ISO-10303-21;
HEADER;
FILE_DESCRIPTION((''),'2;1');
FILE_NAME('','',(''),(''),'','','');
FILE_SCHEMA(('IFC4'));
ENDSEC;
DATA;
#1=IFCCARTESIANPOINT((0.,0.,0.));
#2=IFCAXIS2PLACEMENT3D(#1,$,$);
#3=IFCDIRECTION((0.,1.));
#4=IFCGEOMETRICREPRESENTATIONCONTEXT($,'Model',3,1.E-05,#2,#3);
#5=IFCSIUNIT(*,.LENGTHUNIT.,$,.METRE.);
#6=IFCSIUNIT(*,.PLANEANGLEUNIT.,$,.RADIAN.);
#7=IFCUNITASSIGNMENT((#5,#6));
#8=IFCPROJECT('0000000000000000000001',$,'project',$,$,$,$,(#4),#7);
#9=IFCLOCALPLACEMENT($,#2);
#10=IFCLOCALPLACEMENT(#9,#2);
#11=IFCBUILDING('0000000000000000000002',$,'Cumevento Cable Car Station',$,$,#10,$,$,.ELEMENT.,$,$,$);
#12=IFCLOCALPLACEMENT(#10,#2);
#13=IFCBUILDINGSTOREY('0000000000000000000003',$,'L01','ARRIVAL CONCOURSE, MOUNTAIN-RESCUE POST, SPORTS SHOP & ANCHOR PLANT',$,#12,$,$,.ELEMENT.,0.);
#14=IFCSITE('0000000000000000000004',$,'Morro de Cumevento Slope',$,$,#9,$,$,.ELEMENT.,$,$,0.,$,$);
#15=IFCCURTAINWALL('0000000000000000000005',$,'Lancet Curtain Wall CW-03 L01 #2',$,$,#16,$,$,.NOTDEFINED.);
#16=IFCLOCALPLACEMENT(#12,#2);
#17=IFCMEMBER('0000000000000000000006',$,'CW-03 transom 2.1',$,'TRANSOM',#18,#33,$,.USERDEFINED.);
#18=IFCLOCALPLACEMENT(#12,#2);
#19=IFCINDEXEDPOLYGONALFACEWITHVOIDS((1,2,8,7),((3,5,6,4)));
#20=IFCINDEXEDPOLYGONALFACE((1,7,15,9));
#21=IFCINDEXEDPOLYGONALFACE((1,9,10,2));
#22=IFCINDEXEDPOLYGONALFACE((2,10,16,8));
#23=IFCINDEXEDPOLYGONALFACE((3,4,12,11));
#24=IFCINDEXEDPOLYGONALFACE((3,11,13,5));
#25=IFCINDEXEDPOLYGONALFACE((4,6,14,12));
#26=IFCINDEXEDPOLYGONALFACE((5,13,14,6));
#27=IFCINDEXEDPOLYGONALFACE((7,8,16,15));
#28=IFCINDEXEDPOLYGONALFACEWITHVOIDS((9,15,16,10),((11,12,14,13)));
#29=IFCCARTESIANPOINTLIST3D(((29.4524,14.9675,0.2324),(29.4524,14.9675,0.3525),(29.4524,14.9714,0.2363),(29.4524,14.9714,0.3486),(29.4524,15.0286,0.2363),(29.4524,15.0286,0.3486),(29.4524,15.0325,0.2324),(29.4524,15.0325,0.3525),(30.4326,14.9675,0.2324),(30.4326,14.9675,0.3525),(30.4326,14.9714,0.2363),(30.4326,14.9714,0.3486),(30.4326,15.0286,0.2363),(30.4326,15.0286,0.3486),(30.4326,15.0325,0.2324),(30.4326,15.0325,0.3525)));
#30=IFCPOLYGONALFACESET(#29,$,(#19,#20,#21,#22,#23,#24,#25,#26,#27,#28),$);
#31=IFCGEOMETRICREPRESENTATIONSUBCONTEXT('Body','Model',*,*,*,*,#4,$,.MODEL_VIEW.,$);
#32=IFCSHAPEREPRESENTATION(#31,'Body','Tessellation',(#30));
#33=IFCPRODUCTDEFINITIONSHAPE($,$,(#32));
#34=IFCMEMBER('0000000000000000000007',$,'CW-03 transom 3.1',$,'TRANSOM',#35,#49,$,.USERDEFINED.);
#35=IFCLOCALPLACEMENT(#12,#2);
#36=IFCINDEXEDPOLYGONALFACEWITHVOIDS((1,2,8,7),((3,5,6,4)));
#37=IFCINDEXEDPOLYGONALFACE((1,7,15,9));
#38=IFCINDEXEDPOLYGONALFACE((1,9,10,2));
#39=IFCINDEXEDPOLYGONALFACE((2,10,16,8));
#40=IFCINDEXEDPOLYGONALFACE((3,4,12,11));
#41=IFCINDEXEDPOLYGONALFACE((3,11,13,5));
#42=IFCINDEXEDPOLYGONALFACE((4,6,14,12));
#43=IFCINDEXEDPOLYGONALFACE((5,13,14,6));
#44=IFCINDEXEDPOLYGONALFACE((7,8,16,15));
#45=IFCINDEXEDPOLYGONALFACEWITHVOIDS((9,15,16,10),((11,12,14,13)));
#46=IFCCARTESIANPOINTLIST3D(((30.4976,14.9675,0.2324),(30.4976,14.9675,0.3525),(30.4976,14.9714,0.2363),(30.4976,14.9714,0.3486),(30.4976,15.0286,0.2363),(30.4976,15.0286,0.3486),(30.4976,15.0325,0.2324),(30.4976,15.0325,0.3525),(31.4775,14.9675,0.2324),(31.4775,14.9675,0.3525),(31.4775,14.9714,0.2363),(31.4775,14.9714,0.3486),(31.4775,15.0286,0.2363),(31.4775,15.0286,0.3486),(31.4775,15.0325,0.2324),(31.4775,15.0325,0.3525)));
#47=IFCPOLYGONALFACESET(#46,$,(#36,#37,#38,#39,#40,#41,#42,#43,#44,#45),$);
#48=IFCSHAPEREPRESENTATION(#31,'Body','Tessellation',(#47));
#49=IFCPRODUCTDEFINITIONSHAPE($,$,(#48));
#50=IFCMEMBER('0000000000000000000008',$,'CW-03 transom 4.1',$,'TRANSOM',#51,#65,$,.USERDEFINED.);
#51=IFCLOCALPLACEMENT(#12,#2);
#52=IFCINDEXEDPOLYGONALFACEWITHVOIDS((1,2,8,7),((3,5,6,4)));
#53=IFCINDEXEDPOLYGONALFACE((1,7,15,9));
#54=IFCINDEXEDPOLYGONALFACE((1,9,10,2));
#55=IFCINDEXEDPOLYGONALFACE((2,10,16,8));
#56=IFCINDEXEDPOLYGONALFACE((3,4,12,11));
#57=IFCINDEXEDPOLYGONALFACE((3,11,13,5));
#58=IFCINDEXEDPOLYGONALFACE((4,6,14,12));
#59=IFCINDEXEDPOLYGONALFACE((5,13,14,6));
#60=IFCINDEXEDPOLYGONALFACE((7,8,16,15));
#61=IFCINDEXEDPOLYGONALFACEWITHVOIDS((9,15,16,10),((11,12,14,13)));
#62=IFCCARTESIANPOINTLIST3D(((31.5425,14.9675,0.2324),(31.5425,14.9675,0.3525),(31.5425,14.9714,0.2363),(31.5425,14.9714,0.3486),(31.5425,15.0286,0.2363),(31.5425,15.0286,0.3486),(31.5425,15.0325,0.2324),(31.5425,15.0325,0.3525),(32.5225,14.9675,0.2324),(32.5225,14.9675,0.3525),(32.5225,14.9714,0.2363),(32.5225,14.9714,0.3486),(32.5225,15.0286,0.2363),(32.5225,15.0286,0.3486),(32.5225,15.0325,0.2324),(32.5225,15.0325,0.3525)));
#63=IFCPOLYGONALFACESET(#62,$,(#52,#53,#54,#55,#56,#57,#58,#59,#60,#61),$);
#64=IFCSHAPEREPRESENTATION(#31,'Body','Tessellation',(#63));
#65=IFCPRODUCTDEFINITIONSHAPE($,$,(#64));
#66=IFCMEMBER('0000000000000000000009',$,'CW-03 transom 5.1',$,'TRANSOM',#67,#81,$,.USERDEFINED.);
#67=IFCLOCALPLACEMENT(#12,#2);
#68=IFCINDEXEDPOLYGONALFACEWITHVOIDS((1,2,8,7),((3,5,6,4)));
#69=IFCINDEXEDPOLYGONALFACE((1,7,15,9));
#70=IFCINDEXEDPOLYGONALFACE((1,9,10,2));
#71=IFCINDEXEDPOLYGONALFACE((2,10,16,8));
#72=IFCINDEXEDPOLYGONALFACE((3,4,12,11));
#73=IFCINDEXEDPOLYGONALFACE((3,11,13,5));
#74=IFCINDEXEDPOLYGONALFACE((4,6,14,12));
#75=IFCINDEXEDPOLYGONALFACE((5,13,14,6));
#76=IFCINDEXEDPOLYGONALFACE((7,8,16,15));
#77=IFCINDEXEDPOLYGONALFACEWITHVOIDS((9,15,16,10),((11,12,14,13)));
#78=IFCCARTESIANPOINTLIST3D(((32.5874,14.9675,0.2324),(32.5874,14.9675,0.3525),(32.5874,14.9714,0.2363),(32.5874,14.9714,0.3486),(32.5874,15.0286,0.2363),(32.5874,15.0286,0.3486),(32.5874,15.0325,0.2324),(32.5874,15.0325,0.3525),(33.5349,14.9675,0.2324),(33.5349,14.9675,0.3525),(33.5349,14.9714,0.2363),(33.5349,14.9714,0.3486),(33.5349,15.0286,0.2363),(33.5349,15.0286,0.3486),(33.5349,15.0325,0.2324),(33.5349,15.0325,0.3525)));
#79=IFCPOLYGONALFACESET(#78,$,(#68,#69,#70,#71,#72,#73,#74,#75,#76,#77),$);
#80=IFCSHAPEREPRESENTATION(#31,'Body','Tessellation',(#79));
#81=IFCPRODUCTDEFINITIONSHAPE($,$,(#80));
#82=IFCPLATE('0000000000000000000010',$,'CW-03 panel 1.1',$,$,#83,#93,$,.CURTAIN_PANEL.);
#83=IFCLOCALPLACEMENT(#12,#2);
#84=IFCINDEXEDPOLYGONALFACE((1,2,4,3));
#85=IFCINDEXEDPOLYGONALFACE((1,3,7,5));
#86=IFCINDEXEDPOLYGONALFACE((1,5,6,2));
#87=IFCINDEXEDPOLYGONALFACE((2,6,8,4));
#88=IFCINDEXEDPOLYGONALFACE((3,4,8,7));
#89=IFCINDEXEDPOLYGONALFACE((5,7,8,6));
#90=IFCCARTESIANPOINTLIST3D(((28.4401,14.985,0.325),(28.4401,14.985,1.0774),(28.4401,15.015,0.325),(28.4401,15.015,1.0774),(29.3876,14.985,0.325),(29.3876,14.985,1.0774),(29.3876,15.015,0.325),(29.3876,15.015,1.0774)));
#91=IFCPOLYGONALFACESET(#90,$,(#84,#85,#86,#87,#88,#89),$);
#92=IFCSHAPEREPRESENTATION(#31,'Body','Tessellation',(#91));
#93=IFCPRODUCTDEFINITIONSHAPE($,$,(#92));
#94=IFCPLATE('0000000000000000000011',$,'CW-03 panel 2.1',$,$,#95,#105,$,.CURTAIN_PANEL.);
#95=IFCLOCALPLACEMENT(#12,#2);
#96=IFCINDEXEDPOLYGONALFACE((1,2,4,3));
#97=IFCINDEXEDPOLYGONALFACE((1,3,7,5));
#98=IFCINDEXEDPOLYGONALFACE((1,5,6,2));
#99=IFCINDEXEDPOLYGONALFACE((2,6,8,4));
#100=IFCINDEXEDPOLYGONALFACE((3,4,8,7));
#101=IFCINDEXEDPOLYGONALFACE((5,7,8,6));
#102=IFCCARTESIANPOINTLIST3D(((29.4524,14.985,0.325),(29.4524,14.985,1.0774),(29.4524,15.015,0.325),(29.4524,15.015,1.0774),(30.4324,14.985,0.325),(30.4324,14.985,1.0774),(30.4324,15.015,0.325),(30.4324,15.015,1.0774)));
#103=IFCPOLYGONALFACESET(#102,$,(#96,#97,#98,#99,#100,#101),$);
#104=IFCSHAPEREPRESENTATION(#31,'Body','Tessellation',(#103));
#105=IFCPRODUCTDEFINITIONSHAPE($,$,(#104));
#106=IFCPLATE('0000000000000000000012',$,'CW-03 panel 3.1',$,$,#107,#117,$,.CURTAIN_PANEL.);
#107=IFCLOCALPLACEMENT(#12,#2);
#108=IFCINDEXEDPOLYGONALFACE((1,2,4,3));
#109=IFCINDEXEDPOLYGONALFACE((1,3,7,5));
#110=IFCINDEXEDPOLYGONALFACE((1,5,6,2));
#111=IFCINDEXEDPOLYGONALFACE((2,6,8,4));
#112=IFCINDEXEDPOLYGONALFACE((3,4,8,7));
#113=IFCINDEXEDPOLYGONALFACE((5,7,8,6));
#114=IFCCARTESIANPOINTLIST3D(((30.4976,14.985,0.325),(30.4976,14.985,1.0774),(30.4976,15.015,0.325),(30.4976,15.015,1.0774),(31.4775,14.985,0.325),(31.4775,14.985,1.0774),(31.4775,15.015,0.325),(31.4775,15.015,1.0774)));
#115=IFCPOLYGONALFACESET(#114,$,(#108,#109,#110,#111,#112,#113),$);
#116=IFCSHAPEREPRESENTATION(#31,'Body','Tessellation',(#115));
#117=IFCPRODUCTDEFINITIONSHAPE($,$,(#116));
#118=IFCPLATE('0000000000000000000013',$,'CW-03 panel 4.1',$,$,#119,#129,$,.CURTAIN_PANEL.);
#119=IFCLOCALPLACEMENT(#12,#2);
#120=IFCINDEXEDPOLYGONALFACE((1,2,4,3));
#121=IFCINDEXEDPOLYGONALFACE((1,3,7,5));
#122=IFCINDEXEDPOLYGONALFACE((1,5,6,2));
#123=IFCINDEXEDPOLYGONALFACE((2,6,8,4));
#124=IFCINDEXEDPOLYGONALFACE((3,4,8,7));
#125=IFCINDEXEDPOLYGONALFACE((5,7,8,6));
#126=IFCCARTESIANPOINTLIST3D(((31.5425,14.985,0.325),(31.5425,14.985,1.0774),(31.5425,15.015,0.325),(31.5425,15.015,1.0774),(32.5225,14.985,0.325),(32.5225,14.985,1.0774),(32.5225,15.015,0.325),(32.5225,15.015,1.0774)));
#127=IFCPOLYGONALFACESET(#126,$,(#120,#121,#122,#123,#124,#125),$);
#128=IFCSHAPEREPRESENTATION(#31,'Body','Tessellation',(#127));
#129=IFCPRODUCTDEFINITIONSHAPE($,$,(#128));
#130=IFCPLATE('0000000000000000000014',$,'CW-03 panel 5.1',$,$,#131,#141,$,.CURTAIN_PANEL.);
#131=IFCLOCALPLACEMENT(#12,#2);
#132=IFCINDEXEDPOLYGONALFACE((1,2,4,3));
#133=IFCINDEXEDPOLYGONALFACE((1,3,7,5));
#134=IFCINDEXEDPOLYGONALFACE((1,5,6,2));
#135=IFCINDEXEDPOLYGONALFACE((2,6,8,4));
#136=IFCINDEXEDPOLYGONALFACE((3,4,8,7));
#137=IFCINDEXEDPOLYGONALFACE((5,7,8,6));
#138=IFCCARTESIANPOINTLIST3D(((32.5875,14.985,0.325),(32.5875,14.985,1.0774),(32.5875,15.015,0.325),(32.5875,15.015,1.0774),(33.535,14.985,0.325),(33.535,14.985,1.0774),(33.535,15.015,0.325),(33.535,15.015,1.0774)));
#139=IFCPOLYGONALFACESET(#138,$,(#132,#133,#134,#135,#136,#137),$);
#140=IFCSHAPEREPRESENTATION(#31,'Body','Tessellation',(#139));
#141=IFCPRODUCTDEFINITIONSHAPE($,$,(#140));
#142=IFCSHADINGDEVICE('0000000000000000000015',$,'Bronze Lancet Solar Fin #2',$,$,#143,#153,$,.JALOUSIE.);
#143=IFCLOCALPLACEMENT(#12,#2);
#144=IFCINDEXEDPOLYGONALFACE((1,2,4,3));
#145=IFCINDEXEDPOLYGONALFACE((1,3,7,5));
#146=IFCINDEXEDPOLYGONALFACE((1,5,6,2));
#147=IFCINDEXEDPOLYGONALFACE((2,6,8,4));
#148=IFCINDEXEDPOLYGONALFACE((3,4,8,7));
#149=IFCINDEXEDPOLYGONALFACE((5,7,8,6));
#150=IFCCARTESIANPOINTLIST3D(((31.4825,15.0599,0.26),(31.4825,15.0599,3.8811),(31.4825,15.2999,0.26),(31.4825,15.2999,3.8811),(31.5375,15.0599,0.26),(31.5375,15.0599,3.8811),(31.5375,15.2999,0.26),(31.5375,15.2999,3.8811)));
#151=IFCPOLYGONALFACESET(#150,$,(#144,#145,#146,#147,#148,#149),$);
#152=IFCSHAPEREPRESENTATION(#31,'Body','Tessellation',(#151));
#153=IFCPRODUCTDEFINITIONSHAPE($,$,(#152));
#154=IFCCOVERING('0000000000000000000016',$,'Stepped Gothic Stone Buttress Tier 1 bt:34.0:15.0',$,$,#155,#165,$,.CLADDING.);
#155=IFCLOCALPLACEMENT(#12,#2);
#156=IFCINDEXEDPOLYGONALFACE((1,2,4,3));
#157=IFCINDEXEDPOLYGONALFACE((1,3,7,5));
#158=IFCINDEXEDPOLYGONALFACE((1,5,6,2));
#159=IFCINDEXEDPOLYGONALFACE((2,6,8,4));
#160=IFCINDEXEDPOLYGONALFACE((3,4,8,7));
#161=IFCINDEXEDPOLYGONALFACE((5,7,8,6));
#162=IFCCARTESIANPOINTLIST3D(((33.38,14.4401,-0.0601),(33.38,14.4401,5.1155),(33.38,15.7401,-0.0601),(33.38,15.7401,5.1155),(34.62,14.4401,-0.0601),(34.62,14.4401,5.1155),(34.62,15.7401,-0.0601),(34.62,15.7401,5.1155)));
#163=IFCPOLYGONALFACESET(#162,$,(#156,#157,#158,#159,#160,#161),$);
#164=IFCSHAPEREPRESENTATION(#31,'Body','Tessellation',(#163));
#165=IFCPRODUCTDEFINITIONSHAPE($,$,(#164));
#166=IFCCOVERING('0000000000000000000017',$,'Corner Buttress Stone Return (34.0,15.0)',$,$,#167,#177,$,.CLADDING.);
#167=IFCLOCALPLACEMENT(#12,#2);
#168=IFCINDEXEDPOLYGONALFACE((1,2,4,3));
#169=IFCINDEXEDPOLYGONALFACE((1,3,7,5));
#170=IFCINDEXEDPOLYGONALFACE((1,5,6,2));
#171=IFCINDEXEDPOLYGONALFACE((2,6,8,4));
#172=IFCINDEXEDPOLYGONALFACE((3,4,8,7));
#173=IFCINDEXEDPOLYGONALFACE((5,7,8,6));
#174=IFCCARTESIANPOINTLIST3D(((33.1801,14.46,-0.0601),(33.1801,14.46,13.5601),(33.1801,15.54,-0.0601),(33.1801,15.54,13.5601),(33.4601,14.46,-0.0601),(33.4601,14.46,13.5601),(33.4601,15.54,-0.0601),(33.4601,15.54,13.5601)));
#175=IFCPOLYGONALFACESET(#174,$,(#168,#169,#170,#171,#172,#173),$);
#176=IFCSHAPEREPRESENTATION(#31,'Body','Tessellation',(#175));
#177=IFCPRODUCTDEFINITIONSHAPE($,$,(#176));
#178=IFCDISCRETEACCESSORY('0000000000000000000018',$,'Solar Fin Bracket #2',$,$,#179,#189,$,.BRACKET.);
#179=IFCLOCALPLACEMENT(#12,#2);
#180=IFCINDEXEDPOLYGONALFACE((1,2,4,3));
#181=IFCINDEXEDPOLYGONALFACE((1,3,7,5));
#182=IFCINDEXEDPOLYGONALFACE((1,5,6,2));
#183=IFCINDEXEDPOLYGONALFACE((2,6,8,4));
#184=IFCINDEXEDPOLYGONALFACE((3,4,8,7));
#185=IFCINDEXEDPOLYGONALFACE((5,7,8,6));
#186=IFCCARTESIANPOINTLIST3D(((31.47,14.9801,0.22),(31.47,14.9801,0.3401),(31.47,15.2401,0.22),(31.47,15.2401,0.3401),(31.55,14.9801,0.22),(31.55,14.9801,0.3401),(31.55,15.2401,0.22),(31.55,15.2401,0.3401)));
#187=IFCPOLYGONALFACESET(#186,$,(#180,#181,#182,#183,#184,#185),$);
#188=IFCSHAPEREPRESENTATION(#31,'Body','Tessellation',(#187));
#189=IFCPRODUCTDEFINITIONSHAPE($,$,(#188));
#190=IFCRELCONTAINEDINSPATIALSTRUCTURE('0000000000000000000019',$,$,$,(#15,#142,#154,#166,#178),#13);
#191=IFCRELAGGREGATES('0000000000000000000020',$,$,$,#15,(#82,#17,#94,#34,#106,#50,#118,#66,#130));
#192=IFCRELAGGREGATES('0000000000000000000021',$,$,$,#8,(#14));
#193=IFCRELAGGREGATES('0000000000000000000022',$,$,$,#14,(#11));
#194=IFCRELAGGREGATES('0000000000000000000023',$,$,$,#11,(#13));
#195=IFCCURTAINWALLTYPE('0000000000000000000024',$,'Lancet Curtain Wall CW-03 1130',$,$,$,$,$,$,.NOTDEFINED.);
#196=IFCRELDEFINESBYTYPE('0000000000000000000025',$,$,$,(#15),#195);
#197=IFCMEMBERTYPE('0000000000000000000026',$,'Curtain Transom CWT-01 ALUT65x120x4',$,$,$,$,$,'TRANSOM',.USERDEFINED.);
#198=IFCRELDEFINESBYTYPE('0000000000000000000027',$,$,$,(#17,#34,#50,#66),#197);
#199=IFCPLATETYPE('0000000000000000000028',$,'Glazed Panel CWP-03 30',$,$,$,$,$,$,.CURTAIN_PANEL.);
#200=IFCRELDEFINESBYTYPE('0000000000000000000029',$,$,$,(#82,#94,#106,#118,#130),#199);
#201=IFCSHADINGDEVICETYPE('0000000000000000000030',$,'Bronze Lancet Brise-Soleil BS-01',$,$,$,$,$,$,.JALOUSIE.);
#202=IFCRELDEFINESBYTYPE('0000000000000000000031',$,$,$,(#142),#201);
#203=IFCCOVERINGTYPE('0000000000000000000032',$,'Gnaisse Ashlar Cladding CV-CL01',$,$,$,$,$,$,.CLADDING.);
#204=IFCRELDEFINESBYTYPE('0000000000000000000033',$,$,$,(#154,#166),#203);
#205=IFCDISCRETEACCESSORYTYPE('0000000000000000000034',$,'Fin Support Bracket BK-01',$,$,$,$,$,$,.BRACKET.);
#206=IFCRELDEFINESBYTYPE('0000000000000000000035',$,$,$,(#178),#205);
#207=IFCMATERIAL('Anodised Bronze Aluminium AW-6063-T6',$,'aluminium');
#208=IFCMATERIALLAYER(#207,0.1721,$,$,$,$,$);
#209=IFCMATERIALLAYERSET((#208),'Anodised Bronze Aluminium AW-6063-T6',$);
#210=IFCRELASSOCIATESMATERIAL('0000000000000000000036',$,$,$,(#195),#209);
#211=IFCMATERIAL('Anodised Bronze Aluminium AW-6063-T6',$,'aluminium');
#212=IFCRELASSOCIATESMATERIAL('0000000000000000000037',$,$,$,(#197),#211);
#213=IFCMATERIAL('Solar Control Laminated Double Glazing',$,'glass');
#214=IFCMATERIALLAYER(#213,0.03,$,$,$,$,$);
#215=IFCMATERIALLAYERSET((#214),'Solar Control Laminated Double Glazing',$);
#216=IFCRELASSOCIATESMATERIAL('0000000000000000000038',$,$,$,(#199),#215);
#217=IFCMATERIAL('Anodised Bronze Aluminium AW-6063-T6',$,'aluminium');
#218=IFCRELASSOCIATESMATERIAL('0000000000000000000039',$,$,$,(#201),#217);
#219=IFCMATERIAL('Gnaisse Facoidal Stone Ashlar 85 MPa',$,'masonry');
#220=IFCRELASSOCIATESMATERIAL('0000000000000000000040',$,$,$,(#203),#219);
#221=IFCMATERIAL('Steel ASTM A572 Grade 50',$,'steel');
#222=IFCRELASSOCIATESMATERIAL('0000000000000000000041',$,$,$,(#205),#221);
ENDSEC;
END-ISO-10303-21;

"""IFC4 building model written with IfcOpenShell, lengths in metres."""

from ifc_helpers import new_model, si_unit, direction, frame, origin, origin_2d, place, context, subcontext, project, spatial, rectangle, hollow_rectangle, extrude, material, layer, layer_set, material_profile, profile_set, type_object, element, aggregate, save


model = new_model("IFC4")

# Units and contexts
model_context = context("Model", 3, precision=1e-05, world=origin(), true_north=direction((0.0, 1.0)))
body_context = subcontext(model_context, "Body", "Model", "MODEL_VIEW")
ifc_project = project(units=[si_unit("LENGTHUNIT", "METRE"), si_unit("PLANEANGLEUNIT", "RADIAN")], contexts=[model_context])

# Site, building, storey
site_placement = place(None, origin())
site = spatial("IfcSite", under=ifc_project, at=site_placement, Name="Morro de Cumevento Slope", CompositionType="ELEMENT", RefElevation=0.0)
building_placement = place(site_placement, origin())
building = spatial("IfcBuilding", under=site, at=building_placement, Name="Cumevento Cable Car Station", CompositionType="ELEMENT")
storey_placement = place(building_placement, origin())
storey = spatial("IfcBuildingStorey", under=building, at=storey_placement, Name="L01", Description="ARRIVAL CONCOURSE, MOUNTAIN-RESCUE POST, SPORTS SHOP & ANCHOR PLANT", CompositionType="ELEMENT", Elevation=0.0)

# Curtain wall, members, plates
ifc_material_1 = material(Name="Anodised Bronze Aluminium AW-6063-T6", Category="aluminium")
ifc_layer_1 = layer(ifc_material_1, 0.1721)
ifc_layer_set_1 = layer_set([ifc_layer_1], Name="Anodised Bronze Aluminium AW-6063-T6")
curtain_wall_type = type_object("IfcCurtainWallType", Name="Lancet Curtain Wall CW-03 1130", PredefinedType="NOTDEFINED", material=ifc_layer_set_1)
curtain_wall_placement = place(storey_placement, origin())
curtain_wall = element("IfcCurtainWall", 1, at=curtain_wall_placement, inside=storey, type_object=curtain_wall_type, Name="Lancet Curtain Wall CW-03 L01 #2", PredefinedType="NOTDEFINED")
ifc_material_2 = material(Name="Anodised Bronze Aluminium AW-6063-T6", Category="aluminium")
ifc_material_profile_1 = material_profile(ifc_material_2, hollow_rectangle(XDim=0.0649, YDim=0.1201, WallThickness=0.0039, at=origin_2d()), Name="ALUT65x120x4")
ifc_profile_set_1 = profile_set([ifc_material_profile_1], Name="Anodised Bronze Aluminium AW-6063-T6")
member_type_1 = type_object("IfcMemberType", Name="Curtain Transom CWT-01 ALUT65x120x4", ElementType="TRANSOM", PredefinedType="USERDEFINED", material=ifc_profile_set_1)
member_1_placement = place(storey_placement, frame((29.4524, 15.0, 0.2925), z_axis=(1.0, 0.0, 0.0), x_axis=(0.0, 1.0, 0.0)))
member_1 = element("IfcMember", 2, at=member_1_placement, type_object=member_type_1, Name="CW-03 transom 2.1", ObjectType="TRANSOM", PredefinedType="USERDEFINED", context=body_context, shape_type="SweptSolid", body=[
    extrude(hollow_rectangle(XDim=0.0649, YDim=0.1201, WallThickness=0.0039, at=origin_2d()), origin(), (0.0, 0.0, 1.0), 0.9802),
])
member_2_placement = place(storey_placement, frame((30.4976, 15.0, 0.2925), z_axis=(1.0, 0.0, 0.0), x_axis=(0.0, 1.0, 0.0)))
member_2 = element("IfcMember", 3, at=member_2_placement, type_object=member_type_1, Name="CW-03 transom 3.1", ObjectType="TRANSOM", PredefinedType="USERDEFINED", context=body_context, shape_type="SweptSolid", body=[
    extrude(hollow_rectangle(XDim=0.0649, YDim=0.1201, WallThickness=0.0039, at=origin_2d()), origin(), (0.0, 0.0, 1.0), 0.98),
])
member_3_placement = place(storey_placement, frame((31.5425, 15.0, 0.2925), z_axis=(1.0, 0.0, 0.0), x_axis=(0.0, 1.0, 0.0)))
member_3 = element("IfcMember", 4, at=member_3_placement, type_object=member_type_1, Name="CW-03 transom 4.1", ObjectType="TRANSOM", PredefinedType="USERDEFINED", context=body_context, shape_type="SweptSolid", body=[
    extrude(hollow_rectangle(XDim=0.0649, YDim=0.1201, WallThickness=0.0039, at=origin_2d()), origin(), (0.0, 0.0, 1.0), 0.98),
])
member_4_placement = place(storey_placement, frame((32.5874, 15.0, 0.2925), z_axis=(1.0, 0.0, 0.0), x_axis=(0.0, 1.0, 0.0)))
member_4 = element("IfcMember", 5, at=member_4_placement, type_object=member_type_1, Name="CW-03 transom 5.1", ObjectType="TRANSOM", PredefinedType="USERDEFINED", context=body_context, shape_type="SweptSolid", body=[
    extrude(hollow_rectangle(XDim=0.0649, YDim=0.1201, WallThickness=0.0039, at=origin_2d()), origin(), (0.0, 0.0, 1.0), 0.9475),
])
ifc_material_3 = material(Name="Solar Control Laminated Double Glazing", Category="glass")
ifc_layer_2 = layer(ifc_material_3, 0.03)
ifc_layer_set_2 = layer_set([ifc_layer_2], Name="Solar Control Laminated Double Glazing")
plate_type = type_object("IfcPlateType", Name="Glazed Panel CWP-03 30", PredefinedType="CURTAIN_PANEL", material=ifc_layer_set_2)
plate_1_placement = place(storey_placement, frame((28.9138, 15.0, 0.325), z_axis=(0.0, 0.0, 1.0), x_axis=(1.0, 0.0, 0.0)))
plate_1 = element("IfcPlate", 6, at=plate_1_placement, type_object=plate_type, Name="CW-03 panel 1.1", PredefinedType="CURTAIN_PANEL", context=body_context, shape_type="SweptSolid", body=[
    extrude(rectangle(XDim=0.9475, YDim=0.03, at=origin_2d()), origin(), (0.0, 0.0, 1.0), 0.7524),
])
plate_2_placement = place(storey_placement, frame((29.9424, 15.0, 0.325), z_axis=(0.0, 0.0, 1.0), x_axis=(1.0, 0.0, 0.0)))
plate_2 = element("IfcPlate", 7, at=plate_2_placement, type_object=plate_type, Name="CW-03 panel 2.1", PredefinedType="CURTAIN_PANEL", context=body_context, shape_type="SweptSolid", body=[
    extrude(rectangle(XDim=0.98, YDim=0.03, at=origin_2d()), origin(), (0.0, 0.0, 1.0), 0.7524),
])
plate_3_placement = place(storey_placement, frame((30.9875, 15.0, 0.325), z_axis=(0.0, 0.0, 1.0), x_axis=(1.0, 0.0, 0.0)))
plate_3 = element("IfcPlate", 8, at=plate_3_placement, type_object=plate_type, Name="CW-03 panel 3.1", PredefinedType="CURTAIN_PANEL", context=body_context, shape_type="SweptSolid", body=[
    extrude(rectangle(XDim=0.98, YDim=0.03, at=origin_2d()), origin(), (0.0, 0.0, 1.0), 0.7524),
])
plate_4_placement = place(storey_placement, frame((32.0325, 15.0, 0.325), z_axis=(0.0, 0.0, 1.0), x_axis=(1.0, 0.0, 0.0)))
plate_4 = element("IfcPlate", 9, at=plate_4_placement, type_object=plate_type, Name="CW-03 panel 4.1", PredefinedType="CURTAIN_PANEL", context=body_context, shape_type="SweptSolid", body=[
    extrude(rectangle(XDim=0.98, YDim=0.03, at=origin_2d()), origin(), (0.0, 0.0, 1.0), 0.7524),
])
plate_5_placement = place(storey_placement, frame((33.0613, 15.0, 0.325), z_axis=(0.0, 0.0, 1.0), x_axis=(1.0, 0.0, 0.0)))
plate_5 = element("IfcPlate", 10, at=plate_5_placement, type_object=plate_type, Name="CW-03 panel 5.1", PredefinedType="CURTAIN_PANEL", context=body_context, shape_type="SweptSolid", body=[
    extrude(rectangle(XDim=0.9475, YDim=0.03, at=origin_2d()), origin(), (0.0, 0.0, 1.0), 0.7524),
])
aggregate(curtain_wall, [plate_1, member_1, plate_2, member_2, plate_3, member_3, plate_4, member_4, plate_5])

# Shading device
ifc_material_4 = material(Name="Anodised Bronze Aluminium AW-6063-T6", Category="aluminium")
shading_device_type = type_object("IfcShadingDeviceType", Name="Bronze Lancet Brise-Soleil BS-01", PredefinedType="JALOUSIE", material=ifc_material_4)
shading_device_placement = place(storey_placement, frame((31.51, 15.1799, 0.26), z_axis=(0.0, 0.0, 1.0), x_axis=(1.0, 0.0, 0.0)))
element("IfcShadingDevice", 11, at=shading_device_placement, inside=storey, type_object=shading_device_type, Name="Bronze Lancet Solar Fin #2", PredefinedType="JALOUSIE", context=body_context, shape_type="SweptSolid", body=[
    extrude(rectangle(XDim=0.0549, YDim=0.24, at=origin_2d()), origin(), (0.0, 0.0, 1.0), 3.6211),
])

# Coverings
ifc_material_5 = material(Name="Gnaisse Facoidal Stone Ashlar 85 MPa", Category="masonry")
covering_type = type_object("IfcCoveringType", Name="Gnaisse Ashlar Cladding CV-CL01", PredefinedType="CLADDING", material=ifc_material_5)
covering_1_placement = place(storey_placement, frame((34.0, 15.0901, -0.0601), z_axis=(0.0, 0.0, 1.0), x_axis=(-1.0, 0.0, 0.0)))
element("IfcCovering", 12, at=covering_1_placement, inside=storey, type_object=covering_type, Name="Stepped Gothic Stone Buttress Tier 1 bt:34.0:15.0", PredefinedType="CLADDING", context=body_context, shape_type="SweptSolid", body=[
    extrude(rectangle(XDim=1.24, YDim=1.3, at=origin_2d()), origin(), (0.0, 0.0, 1.0), 5.1755),
])
covering_2_placement = place(storey_placement, frame((33.3201, 15.0, -0.0601), z_axis=(0.0, 0.0, 1.0), x_axis=(1.0, 0.0, 0.0)))
element("IfcCovering", 13, at=covering_2_placement, inside=storey, type_object=covering_type, Name="Corner Buttress Stone Return (34.0,15.0)", PredefinedType="CLADDING", context=body_context, shape_type="SweptSolid", body=[
    extrude(rectangle(XDim=0.28, YDim=1.0801, at=origin_2d()), origin(), (0.0, 0.0, 1.0), 13.6201),
])

# Discrete accessory
ifc_material_6 = material(Name="Steel ASTM A572 Grade 50", Category="steel")
discrete_accessory_type = type_object("IfcDiscreteAccessoryType", Name="Fin Support Bracket BK-01", PredefinedType="BRACKET", material=ifc_material_6)
discrete_accessory_placement = place(storey_placement, frame((31.51, 15.1101, 0.22), z_axis=(0.0, 0.0, 1.0), x_axis=(1.0, 0.0, 0.0)))
element("IfcDiscreteAccessory", 14, at=discrete_accessory_placement, inside=storey, type_object=discrete_accessory_type, Name="Solar Fin Bracket #2", PredefinedType="BRACKET", context=body_context, shape_type="SweptSolid", body=[
    extrude(rectangle(XDim=0.0801, YDim=0.26, at=origin_2d()), origin(), (0.0, 0.0, 1.0), 0.1201),
])

save(model, "model.ifc")
